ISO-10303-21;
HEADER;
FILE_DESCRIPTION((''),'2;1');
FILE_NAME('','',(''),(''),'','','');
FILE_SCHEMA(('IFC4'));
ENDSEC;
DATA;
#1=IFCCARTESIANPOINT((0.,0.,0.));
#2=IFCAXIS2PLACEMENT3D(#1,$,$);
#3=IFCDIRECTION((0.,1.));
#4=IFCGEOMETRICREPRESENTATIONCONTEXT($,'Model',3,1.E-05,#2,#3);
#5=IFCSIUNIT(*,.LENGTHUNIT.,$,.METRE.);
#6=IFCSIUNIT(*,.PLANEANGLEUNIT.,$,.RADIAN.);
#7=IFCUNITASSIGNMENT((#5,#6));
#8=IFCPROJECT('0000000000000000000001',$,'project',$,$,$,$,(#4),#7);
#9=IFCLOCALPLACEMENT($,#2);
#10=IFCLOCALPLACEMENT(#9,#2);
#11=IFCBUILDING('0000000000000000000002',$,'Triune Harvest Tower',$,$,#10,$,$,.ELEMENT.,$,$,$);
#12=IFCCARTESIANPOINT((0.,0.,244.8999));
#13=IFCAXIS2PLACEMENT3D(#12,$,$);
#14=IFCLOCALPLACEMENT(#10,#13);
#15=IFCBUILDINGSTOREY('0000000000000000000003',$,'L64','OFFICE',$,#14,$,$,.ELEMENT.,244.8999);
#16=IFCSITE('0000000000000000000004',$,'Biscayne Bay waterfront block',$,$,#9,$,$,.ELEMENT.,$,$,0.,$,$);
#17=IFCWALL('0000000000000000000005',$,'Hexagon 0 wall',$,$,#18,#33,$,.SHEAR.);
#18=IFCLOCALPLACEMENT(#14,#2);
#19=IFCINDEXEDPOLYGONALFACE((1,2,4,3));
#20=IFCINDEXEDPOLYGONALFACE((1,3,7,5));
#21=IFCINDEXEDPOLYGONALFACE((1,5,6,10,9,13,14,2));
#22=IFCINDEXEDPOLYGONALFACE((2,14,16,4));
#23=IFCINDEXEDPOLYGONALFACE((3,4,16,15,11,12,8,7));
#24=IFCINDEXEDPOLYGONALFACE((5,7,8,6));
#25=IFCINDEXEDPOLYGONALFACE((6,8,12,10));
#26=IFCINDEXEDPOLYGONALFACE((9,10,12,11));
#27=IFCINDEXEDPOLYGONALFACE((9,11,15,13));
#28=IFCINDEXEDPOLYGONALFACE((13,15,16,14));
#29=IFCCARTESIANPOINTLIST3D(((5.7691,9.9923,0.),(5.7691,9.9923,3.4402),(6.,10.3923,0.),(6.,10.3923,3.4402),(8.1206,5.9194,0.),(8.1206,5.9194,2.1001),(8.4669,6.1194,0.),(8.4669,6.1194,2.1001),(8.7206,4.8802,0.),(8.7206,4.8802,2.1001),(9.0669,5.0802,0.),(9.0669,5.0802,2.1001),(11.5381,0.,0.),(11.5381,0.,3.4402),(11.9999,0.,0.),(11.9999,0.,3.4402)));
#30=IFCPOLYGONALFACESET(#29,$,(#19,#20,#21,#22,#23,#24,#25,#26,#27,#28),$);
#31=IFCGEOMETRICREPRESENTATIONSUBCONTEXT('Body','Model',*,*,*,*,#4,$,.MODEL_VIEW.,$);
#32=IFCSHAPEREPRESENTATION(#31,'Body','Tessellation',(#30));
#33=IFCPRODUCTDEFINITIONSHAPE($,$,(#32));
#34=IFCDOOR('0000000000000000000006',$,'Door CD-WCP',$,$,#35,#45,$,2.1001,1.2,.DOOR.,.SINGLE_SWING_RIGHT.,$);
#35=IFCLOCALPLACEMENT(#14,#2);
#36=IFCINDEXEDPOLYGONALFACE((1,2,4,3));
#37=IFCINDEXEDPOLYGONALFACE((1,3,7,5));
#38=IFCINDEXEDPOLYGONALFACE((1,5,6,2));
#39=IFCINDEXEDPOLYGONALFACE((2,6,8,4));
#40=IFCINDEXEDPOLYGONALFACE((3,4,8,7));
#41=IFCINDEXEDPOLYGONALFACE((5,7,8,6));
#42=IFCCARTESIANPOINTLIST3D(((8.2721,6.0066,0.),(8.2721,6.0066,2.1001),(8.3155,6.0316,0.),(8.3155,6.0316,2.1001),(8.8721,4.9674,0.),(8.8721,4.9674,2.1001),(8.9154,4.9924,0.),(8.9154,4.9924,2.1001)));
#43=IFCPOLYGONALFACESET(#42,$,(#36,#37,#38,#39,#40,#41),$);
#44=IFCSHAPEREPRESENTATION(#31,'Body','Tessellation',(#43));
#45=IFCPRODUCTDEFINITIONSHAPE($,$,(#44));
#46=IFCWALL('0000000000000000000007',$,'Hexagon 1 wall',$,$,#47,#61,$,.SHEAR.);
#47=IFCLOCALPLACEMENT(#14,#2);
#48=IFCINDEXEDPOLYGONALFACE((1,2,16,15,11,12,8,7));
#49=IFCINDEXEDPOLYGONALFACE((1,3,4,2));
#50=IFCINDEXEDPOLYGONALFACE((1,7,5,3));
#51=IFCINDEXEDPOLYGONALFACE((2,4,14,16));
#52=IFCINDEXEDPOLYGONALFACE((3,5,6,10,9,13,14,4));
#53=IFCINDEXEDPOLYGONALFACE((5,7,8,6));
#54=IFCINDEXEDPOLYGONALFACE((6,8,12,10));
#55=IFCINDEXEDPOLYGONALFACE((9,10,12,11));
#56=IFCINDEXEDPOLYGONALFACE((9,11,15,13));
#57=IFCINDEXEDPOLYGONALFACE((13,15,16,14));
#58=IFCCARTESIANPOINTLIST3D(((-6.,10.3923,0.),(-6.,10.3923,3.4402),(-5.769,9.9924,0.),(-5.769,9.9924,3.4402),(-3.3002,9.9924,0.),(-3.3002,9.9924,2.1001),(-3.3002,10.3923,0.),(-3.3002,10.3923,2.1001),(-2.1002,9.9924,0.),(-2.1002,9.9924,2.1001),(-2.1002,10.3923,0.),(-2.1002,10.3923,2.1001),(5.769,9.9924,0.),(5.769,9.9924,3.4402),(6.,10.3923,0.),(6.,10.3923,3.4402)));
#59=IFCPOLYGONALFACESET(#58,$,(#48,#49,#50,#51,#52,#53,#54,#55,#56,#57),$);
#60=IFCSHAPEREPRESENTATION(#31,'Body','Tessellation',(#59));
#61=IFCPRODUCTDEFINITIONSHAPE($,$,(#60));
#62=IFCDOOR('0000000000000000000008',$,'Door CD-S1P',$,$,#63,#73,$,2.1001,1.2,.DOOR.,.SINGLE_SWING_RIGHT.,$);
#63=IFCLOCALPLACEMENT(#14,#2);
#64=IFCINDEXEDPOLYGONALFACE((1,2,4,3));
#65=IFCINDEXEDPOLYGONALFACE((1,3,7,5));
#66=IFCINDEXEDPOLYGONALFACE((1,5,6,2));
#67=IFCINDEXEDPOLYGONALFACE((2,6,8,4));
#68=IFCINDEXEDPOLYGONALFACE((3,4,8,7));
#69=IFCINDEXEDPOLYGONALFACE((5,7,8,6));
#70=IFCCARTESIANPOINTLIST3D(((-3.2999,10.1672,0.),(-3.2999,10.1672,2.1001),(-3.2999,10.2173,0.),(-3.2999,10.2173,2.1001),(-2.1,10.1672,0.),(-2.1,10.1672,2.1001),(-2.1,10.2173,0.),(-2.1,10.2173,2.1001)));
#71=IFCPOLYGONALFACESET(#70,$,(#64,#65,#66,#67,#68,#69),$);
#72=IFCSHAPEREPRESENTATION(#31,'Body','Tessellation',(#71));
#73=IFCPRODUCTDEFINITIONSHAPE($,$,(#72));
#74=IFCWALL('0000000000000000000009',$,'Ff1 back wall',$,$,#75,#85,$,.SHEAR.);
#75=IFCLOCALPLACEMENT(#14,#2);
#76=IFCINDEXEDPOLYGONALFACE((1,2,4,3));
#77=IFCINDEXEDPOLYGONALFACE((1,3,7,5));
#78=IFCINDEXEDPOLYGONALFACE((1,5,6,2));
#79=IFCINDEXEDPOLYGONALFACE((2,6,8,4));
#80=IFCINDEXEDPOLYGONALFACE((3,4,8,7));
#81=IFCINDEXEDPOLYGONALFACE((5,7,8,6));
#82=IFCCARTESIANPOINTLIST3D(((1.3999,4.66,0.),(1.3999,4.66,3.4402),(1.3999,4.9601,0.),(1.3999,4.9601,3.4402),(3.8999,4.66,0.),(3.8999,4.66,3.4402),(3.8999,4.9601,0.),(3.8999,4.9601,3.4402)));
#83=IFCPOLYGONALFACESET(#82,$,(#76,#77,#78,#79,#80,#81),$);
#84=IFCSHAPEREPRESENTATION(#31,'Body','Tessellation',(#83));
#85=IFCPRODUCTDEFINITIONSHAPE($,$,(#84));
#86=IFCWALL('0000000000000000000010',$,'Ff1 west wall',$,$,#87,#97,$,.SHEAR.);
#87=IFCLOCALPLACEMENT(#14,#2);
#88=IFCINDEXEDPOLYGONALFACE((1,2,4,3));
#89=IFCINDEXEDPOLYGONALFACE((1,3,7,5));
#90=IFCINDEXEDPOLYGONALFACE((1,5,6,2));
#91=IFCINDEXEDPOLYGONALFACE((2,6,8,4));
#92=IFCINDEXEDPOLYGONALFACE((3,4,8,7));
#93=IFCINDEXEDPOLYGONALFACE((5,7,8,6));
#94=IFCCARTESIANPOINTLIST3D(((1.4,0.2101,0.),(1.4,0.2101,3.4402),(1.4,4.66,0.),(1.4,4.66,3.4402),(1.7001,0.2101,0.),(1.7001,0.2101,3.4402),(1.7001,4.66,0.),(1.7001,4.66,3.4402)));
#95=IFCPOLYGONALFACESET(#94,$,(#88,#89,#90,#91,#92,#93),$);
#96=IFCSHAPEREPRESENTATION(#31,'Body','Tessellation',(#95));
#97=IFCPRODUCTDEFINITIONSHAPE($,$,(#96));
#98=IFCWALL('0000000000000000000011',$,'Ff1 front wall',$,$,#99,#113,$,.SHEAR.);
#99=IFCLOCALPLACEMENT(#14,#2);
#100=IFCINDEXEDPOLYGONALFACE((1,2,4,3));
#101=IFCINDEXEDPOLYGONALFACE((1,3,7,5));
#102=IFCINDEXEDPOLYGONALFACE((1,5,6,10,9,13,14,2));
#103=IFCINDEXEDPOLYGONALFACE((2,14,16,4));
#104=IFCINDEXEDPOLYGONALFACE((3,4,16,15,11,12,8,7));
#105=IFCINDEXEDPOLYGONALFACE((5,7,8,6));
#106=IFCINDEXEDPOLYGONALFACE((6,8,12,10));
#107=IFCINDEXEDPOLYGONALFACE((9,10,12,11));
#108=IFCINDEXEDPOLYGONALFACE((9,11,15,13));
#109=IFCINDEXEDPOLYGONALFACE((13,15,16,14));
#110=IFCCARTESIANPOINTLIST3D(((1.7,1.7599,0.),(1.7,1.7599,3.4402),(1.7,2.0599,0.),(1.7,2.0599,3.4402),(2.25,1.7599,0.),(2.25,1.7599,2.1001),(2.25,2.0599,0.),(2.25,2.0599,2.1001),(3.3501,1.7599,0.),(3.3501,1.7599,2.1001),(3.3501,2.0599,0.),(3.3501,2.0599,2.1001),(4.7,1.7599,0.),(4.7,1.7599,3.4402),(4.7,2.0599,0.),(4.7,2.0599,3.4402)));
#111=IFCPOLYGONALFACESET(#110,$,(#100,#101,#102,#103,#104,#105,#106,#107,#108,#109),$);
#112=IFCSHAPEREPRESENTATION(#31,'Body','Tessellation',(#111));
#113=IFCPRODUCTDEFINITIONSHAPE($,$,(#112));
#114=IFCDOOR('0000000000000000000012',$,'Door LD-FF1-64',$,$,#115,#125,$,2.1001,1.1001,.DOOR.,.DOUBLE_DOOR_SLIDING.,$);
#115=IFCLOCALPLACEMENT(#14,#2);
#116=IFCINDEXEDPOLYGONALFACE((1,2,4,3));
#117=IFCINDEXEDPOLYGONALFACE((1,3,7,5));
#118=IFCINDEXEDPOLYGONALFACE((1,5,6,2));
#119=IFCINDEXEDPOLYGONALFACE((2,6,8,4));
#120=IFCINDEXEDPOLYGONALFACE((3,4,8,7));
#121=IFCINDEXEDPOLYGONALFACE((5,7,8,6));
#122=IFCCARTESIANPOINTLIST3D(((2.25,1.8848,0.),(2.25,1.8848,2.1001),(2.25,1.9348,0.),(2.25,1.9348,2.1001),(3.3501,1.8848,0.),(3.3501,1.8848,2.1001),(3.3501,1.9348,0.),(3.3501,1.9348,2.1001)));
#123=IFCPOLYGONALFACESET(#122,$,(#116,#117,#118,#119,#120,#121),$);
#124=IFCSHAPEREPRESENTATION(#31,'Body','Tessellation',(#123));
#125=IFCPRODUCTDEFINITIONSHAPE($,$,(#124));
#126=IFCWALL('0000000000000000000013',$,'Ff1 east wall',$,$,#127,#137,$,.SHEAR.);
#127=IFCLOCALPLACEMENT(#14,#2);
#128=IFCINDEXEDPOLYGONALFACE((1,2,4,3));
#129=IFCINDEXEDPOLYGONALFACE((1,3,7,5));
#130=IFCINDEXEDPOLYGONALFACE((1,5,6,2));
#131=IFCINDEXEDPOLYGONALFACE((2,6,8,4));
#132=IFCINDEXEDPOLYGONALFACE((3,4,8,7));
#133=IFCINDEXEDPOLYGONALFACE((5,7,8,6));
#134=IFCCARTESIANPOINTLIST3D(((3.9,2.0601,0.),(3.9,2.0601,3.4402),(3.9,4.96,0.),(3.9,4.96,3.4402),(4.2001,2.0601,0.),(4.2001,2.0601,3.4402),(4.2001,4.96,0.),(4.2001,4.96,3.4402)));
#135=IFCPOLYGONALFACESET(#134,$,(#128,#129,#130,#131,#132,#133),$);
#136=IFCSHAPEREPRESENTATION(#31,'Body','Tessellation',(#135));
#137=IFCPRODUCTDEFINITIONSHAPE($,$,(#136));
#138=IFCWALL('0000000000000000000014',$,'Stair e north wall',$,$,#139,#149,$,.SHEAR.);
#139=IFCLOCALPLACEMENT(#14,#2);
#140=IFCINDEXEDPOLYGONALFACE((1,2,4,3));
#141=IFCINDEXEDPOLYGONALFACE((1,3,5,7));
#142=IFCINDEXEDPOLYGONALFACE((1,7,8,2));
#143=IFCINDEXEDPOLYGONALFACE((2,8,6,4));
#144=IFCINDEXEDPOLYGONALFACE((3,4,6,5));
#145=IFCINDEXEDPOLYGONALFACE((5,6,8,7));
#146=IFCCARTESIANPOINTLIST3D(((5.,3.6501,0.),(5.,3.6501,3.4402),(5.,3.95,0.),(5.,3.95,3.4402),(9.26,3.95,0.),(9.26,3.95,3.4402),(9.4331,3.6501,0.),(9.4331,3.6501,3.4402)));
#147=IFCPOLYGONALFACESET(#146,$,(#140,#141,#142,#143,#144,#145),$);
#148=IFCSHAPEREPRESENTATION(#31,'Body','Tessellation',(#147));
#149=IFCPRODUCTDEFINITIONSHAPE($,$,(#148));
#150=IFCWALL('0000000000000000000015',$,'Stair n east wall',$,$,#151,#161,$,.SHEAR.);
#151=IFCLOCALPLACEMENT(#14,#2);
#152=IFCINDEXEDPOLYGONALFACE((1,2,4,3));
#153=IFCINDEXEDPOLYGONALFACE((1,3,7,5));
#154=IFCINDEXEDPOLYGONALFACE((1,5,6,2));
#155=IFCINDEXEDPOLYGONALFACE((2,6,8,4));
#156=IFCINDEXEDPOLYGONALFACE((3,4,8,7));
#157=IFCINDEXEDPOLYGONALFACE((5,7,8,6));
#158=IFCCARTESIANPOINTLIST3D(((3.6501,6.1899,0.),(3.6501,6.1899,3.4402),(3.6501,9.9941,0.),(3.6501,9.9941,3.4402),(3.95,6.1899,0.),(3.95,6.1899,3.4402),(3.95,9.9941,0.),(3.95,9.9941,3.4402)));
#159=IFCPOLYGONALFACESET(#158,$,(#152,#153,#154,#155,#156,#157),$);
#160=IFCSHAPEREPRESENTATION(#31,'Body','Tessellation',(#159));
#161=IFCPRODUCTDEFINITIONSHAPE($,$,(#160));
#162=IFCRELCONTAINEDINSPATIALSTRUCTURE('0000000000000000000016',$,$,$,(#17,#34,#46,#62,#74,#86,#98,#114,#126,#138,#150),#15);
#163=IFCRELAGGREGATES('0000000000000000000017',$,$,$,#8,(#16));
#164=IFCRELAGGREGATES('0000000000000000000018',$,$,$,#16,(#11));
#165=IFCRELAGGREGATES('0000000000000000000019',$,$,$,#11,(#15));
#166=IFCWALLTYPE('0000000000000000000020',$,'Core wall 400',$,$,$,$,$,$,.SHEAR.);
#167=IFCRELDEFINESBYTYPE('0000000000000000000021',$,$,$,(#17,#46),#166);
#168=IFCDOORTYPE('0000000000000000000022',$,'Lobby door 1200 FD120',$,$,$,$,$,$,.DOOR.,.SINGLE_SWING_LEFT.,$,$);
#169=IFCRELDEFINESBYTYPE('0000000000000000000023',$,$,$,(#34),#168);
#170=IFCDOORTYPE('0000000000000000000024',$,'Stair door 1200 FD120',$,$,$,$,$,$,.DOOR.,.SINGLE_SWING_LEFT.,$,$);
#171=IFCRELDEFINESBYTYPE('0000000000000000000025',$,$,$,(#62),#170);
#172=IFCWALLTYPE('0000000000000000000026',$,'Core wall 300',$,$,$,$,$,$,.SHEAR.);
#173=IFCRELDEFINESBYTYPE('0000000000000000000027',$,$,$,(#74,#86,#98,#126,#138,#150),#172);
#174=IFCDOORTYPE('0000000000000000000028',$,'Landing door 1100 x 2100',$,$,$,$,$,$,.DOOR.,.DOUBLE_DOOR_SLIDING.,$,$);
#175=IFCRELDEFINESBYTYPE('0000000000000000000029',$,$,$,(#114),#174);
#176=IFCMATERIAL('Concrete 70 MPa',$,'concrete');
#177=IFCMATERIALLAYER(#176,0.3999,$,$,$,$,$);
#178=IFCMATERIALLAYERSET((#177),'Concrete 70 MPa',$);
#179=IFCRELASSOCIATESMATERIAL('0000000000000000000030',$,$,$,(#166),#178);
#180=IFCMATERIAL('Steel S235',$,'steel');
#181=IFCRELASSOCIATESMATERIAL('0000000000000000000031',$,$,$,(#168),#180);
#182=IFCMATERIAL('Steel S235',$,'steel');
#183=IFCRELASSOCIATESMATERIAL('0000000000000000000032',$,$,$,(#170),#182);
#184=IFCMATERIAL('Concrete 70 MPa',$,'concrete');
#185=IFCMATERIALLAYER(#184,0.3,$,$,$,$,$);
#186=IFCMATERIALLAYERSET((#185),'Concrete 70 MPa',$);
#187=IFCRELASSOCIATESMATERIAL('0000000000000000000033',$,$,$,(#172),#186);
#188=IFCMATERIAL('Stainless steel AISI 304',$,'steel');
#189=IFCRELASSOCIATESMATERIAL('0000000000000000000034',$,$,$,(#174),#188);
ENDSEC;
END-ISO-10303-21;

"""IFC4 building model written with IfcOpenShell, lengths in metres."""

from ifc_helpers import new_model, si_unit, direction, frame, frame_2d, origin, place, context, subcontext, project, spatial, polyline, rectangle, outline, extrude, source, transform, mapped, material, layer, layer_set, type_object, element, fill, save


model = new_model("IFC4")

# Units and contexts
model_context = context("Model", 3, precision=1e-05, world=origin(), true_north=direction((0.0, 1.0)))
body_context = subcontext(model_context, "Body", "Model", "MODEL_VIEW")
ifc_project = project(units=[si_unit("LENGTHUNIT", "METRE"), si_unit("PLANEANGLEUNIT", "RADIAN")], contexts=[model_context])

# Site, building, storey
site_placement = place(None, origin())
site = spatial("IfcSite", under=ifc_project, at=site_placement, Name="Biscayne Bay waterfront block", CompositionType="ELEMENT", RefElevation=0.0)
building_placement = place(site_placement, origin())
building = spatial("IfcBuilding", under=site, at=building_placement, Name="Triune Harvest Tower", CompositionType="ELEMENT")
storey_placement = place(building_placement, frame((0.0, 0.0, 244.8999)))
storey = spatial("IfcBuildingStorey", under=building, at=storey_placement, Name="L64", Description="OFFICE", CompositionType="ELEMENT", Elevation=244.8999)

# Walls, openings, doors
ifc_material_1 = material(Name="Concrete 70 MPa", Category="concrete")
ifc_layer_1 = layer(ifc_material_1, 0.3999)
ifc_layer_set_1 = layer_set([ifc_layer_1], Name="Concrete 70 MPa")
wall_type_1 = type_object("IfcWallType", Name="Core wall 400", PredefinedType="SHEAR", material=ifc_layer_set_1)
shared_shape_1 = source(origin(), body_context, "Body", "SweptSolid", [
    extrude(outline(polyline([(-0.1155, -0.2), (11.8845, -0.2), (11.6536, 0.2), (0.1155, 0.2), (-0.1155, -0.2)])), origin(), (0.0, 0.0, 1.0), 3.4402),
])
wall_1_placement = place(storey_placement, frame((11.769, 0.0, 0.0), z_axis=(0.0, 0.0, 1.0), x_axis=(-0.499997, 0.866027, 0.0)))
wall_1 = element("IfcWall", 1, at=wall_1_placement, inside=storey, type_object=wall_type_1, Name="Hexagon 0 wall", PredefinedType="SHEAR", context=body_context, shape_type="MappedRepresentation", body=[
    mapped(shared_shape_1, transform((0.0, 0.0, 0.0), scale=1.0)),
])
opening_1_placement = place(wall_1_placement, frame((5.7505, 0.0, 0.0)))
opening_1 = element("IfcOpeningElement", 2, at=opening_1_placement, cuts=wall_1, PredefinedType="OPENING", context=body_context, shape_type="SweptSolid", body=[
    extrude(rectangle(XDim=1.2, YDim=2.1001, at=frame_2d((0.6001, 1.05))), frame((0.0, 0.21, 0.0), z_axis=(0.0, -1.0, 0.0), x_axis=(1.0, 0.0, 0.0)), (0.0, 0.0, 1.0), 0.4199),
])
ifc_material_2 = material(Name="Steel S235", Category="steel")
door_type_1 = type_object("IfcDoorType", Name="Lobby door 1200 FD120", OperationType="SINGLE_SWING_LEFT", PredefinedType="DOOR", material=ifc_material_2)
door_1_placement = place(opening_1_placement, frame((1.2, 0.0, 0.0), z_axis=(0.0, 0.0, 1.0), x_axis=(-1.0, 0.0, 0.0)))
door_1 = element("IfcDoor", 3, at=door_1_placement, inside=storey, type_object=door_type_1, Name="Door CD-WCP", OperationType="SINGLE_SWING_RIGHT", OverallHeight=2.1001, OverallWidth=1.2, PredefinedType="DOOR", context=body_context, shape_type="SweptSolid", body=[
    extrude(rectangle(XDim=1.2, YDim=2.1001, at=frame_2d((0.6001, 1.05))), frame((0.0, 0.0249, 0.0), z_axis=(0.0, -1.0, 0.0), x_axis=(1.0, 0.0, 0.0)), (0.0, 0.0, 1.0), 0.05),
])
fill(opening_1, door_1)
wall_2_placement = place(storey_placement, frame((5.8845, 10.1924, 0.0), z_axis=(0.0, 0.0, 1.0), x_axis=(-1.0, 0.0, 0.0)))
wall_2 = element("IfcWall", 4, at=wall_2_placement, inside=storey, type_object=wall_type_1, Name="Hexagon 1 wall", PredefinedType="SHEAR", context=body_context, shape_type="MappedRepresentation", body=[
    mapped(shared_shape_1, transform((0.0, 0.0, 0.0), scale=1.0)),
])
opening_2_placement = place(wall_2_placement, frame((7.9846, 0.0, 0.0)))
opening_2 = element("IfcOpeningElement", 5, at=opening_2_placement, cuts=wall_2, PredefinedType="OPENING", context=body_context, shape_type="SweptSolid", body=[
    extrude(rectangle(XDim=1.2, YDim=2.1001, at=frame_2d((0.6001, 1.05))), frame((0.0, 0.21, 0.0), z_axis=(0.0, -1.0, 0.0), x_axis=(1.0, 0.0, 0.0)), (0.0, 0.0, 1.0), 0.4199),
])
ifc_material_3 = material(Name="Steel S235", Category="steel")
door_type_2 = type_object("IfcDoorType", Name="Stair door 1200 FD120", OperationType="SINGLE_SWING_LEFT", PredefinedType="DOOR", material=ifc_material_3)
door_2_placement = place(opening_2_placement, frame((1.2, 0.0, 0.0), z_axis=(0.0, 0.0, 1.0), x_axis=(-1.0, 0.0, 0.0)))
door_2 = element("IfcDoor", 6, at=door_2_placement, inside=storey, type_object=door_type_2, Name="Door CD-S1P", OperationType="SINGLE_SWING_RIGHT", OverallHeight=2.1001, OverallWidth=1.2, PredefinedType="DOOR", context=body_context, shape_type="SweptSolid", body=[
    extrude(rectangle(XDim=1.2, YDim=2.1001, at=frame_2d((0.6001, 1.05))), frame((0.0, 0.0249, 0.0), z_axis=(0.0, -1.0, 0.0), x_axis=(1.0, 0.0, 0.0)), (0.0, 0.0, 1.0), 0.05),
])
fill(opening_2, door_2)

# Walls
ifc_material_4 = material(Name="Concrete 70 MPa", Category="concrete")
ifc_layer_2 = layer(ifc_material_4, 0.3)
ifc_layer_set_2 = layer_set([ifc_layer_2], Name="Concrete 70 MPa")
wall_type_2 = type_object("IfcWallType", Name="Core wall 300", PredefinedType="SHEAR", material=ifc_layer_set_2)
shared_shape_2 = source(origin(), body_context, "Body", "SweptSolid", [
    extrude(rectangle(XDim=2.5, YDim=0.3, at=frame_2d((1.25, 0.0))), origin(), (0.0, 0.0, 1.0), 3.4402),
])
wall_3_placement = place(storey_placement, frame((1.3999, 4.8101, 0.0), z_axis=(0.0, 0.0, 1.0), x_axis=(1.0, 0.0, 0.0)))
element("IfcWall", 7, at=wall_3_placement, inside=storey, type_object=wall_type_2, Name="Ff1 back wall", PredefinedType="SHEAR", context=body_context, shape_type="MappedRepresentation", body=[
    mapped(shared_shape_2, transform((0.0, 0.0, 0.0), scale=1.0)),
])
shared_shape_3 = source(origin(), body_context, "Body", "SweptSolid", [
    extrude(rectangle(XDim=4.45, YDim=0.3, at=frame_2d((2.2251, 0.0))), origin(), (0.0, 0.0, 1.0), 3.4402),
])
wall_4_placement = place(storey_placement, frame((1.55, 0.21, 0.0), z_axis=(0.0, 0.0, 1.0), x_axis=(0.0, 1.0, 0.0)))
element("IfcWall", 8, at=wall_4_placement, inside=storey, type_object=wall_type_2, Name="Ff1 west wall", PredefinedType="SHEAR", context=body_context, shape_type="MappedRepresentation", body=[
    mapped(shared_shape_3, transform((0.0, 0.0, 0.0), scale=1.0)),
])

# Wall, opening, door
shared_shape_4 = source(origin(), body_context, "Body", "SweptSolid", [
    extrude(rectangle(XDim=3.0, YDim=0.3, at=frame_2d((1.5, 0.0))), origin(), (0.0, 0.0, 1.0), 3.4402),
])
wall_5_placement = place(storey_placement, frame((1.7, 1.9099, 0.0), z_axis=(0.0, 0.0, 1.0), x_axis=(1.0, 0.0, 0.0)))
wall_5 = element("IfcWall", 9, at=wall_5_placement, inside=storey, type_object=wall_type_2, Name="Ff1 front wall", PredefinedType="SHEAR", context=body_context, shape_type="MappedRepresentation", body=[
    mapped(shared_shape_4, transform((0.0, 0.0, 0.0), scale=1.0)),
])
opening_3_placement = place(wall_5_placement, frame((0.55, 0.0, 0.0)))
opening_3 = element("IfcOpeningElement", 10, at=opening_3_placement, cuts=wall_5, PredefinedType="OPENING", context=body_context, shape_type="SweptSolid", body=[
    extrude(rectangle(XDim=1.1001, YDim=2.1001, at=frame_2d((0.55, 1.05))), frame((0.0, 0.1602, 0.0), z_axis=(0.0, -1.0, 0.0), x_axis=(1.0, 0.0, 0.0)), (0.0, 0.0, 1.0), 0.3201),
])
ifc_material_5 = material(Name="Stainless steel AISI 304", Category="steel")
door_type_3 = type_object("IfcDoorType", Name="Landing door 1100 x 2100", OperationType="DOUBLE_DOOR_SLIDING", PredefinedType="DOOR", material=ifc_material_5)
door_3_placement = place(opening_3_placement, origin())
door_3 = element("IfcDoor", 11, at=door_3_placement, inside=storey, type_object=door_type_3, Name="Door LD-FF1-64", OperationType="DOUBLE_DOOR_SLIDING", OverallHeight=2.1001, OverallWidth=1.1001, PredefinedType="DOOR", context=body_context, shape_type="SweptSolid", body=[
    extrude(rectangle(XDim=1.1001, YDim=2.1001, at=frame_2d((0.55, 1.05))), frame((0.0, 0.0249, 0.0), z_axis=(0.0, -1.0, 0.0), x_axis=(1.0, 0.0, 0.0)), (0.0, 0.0, 1.0), 0.05),
])
fill(opening_3, door_3)

# Walls
shared_shape_5 = source(origin(), body_context, "Body", "SweptSolid", [
    extrude(rectangle(XDim=2.8999, YDim=0.3, at=frame_2d((1.45, 0.0))), origin(), (0.0, 0.0, 1.0), 3.4402),
])
wall_6_placement = place(storey_placement, frame((4.05, 2.0601, 0.0), z_axis=(0.0, 0.0, 1.0), x_axis=(0.0, 1.0, 0.0)))
element("IfcWall", 12, at=wall_6_placement, inside=storey, type_object=wall_type_2, Name="Ff1 east wall", PredefinedType="SHEAR", context=body_context, shape_type="MappedRepresentation", body=[
    mapped(shared_shape_5, transform((0.0, 0.0, 0.0), scale=1.0)),
])
shared_shape_6 = source(origin(), body_context, "Body", "SweptSolid", [
    extrude(outline(polyline([(0.0, -0.1499), (0.0, 0.1499), (4.26, 0.1499), (4.4331, -0.1499), (0.0, -0.1499)])), origin(), (0.0, 0.0, 1.0), 3.4402),
])
wall_7_placement = place(storey_placement, frame((5.0, 3.8, 0.0), z_axis=(0.0, 0.0, 1.0), x_axis=(1.0, 0.0, 0.0)))
element("IfcWall", 13, at=wall_7_placement, inside=storey, type_object=wall_type_2, Name="Stair e north wall", PredefinedType="SHEAR", context=body_context, shape_type="MappedRepresentation", body=[
    mapped(shared_shape_6, transform((0.0, 0.0, 0.0), scale=1.0)),
])
shared_shape_7 = source(origin(), body_context, "Body", "SweptSolid", [
    extrude(outline(polyline([(0.0, -0.1499), (0.0, 0.1499), (3.8042, 0.1499), (3.8042, -0.1499), (0.0, -0.1499)])), origin(), (0.0, 0.0, 1.0), 3.4402),
])
wall_8_placement = place(storey_placement, frame((3.8, 6.1899, 0.0), z_axis=(0.0, 0.0, 1.0), x_axis=(0.0, 1.0, 0.0)))
element("IfcWall", 14, at=wall_8_placement, inside=storey, type_object=wall_type_2, Name="Stair n east wall", PredefinedType="SHEAR", context=body_context, shape_type="MappedRepresentation", body=[
    mapped(shared_shape_7, transform((0.0, 0.0, 0.0), scale=1.0)),
])

save(model, "model.ifc")
